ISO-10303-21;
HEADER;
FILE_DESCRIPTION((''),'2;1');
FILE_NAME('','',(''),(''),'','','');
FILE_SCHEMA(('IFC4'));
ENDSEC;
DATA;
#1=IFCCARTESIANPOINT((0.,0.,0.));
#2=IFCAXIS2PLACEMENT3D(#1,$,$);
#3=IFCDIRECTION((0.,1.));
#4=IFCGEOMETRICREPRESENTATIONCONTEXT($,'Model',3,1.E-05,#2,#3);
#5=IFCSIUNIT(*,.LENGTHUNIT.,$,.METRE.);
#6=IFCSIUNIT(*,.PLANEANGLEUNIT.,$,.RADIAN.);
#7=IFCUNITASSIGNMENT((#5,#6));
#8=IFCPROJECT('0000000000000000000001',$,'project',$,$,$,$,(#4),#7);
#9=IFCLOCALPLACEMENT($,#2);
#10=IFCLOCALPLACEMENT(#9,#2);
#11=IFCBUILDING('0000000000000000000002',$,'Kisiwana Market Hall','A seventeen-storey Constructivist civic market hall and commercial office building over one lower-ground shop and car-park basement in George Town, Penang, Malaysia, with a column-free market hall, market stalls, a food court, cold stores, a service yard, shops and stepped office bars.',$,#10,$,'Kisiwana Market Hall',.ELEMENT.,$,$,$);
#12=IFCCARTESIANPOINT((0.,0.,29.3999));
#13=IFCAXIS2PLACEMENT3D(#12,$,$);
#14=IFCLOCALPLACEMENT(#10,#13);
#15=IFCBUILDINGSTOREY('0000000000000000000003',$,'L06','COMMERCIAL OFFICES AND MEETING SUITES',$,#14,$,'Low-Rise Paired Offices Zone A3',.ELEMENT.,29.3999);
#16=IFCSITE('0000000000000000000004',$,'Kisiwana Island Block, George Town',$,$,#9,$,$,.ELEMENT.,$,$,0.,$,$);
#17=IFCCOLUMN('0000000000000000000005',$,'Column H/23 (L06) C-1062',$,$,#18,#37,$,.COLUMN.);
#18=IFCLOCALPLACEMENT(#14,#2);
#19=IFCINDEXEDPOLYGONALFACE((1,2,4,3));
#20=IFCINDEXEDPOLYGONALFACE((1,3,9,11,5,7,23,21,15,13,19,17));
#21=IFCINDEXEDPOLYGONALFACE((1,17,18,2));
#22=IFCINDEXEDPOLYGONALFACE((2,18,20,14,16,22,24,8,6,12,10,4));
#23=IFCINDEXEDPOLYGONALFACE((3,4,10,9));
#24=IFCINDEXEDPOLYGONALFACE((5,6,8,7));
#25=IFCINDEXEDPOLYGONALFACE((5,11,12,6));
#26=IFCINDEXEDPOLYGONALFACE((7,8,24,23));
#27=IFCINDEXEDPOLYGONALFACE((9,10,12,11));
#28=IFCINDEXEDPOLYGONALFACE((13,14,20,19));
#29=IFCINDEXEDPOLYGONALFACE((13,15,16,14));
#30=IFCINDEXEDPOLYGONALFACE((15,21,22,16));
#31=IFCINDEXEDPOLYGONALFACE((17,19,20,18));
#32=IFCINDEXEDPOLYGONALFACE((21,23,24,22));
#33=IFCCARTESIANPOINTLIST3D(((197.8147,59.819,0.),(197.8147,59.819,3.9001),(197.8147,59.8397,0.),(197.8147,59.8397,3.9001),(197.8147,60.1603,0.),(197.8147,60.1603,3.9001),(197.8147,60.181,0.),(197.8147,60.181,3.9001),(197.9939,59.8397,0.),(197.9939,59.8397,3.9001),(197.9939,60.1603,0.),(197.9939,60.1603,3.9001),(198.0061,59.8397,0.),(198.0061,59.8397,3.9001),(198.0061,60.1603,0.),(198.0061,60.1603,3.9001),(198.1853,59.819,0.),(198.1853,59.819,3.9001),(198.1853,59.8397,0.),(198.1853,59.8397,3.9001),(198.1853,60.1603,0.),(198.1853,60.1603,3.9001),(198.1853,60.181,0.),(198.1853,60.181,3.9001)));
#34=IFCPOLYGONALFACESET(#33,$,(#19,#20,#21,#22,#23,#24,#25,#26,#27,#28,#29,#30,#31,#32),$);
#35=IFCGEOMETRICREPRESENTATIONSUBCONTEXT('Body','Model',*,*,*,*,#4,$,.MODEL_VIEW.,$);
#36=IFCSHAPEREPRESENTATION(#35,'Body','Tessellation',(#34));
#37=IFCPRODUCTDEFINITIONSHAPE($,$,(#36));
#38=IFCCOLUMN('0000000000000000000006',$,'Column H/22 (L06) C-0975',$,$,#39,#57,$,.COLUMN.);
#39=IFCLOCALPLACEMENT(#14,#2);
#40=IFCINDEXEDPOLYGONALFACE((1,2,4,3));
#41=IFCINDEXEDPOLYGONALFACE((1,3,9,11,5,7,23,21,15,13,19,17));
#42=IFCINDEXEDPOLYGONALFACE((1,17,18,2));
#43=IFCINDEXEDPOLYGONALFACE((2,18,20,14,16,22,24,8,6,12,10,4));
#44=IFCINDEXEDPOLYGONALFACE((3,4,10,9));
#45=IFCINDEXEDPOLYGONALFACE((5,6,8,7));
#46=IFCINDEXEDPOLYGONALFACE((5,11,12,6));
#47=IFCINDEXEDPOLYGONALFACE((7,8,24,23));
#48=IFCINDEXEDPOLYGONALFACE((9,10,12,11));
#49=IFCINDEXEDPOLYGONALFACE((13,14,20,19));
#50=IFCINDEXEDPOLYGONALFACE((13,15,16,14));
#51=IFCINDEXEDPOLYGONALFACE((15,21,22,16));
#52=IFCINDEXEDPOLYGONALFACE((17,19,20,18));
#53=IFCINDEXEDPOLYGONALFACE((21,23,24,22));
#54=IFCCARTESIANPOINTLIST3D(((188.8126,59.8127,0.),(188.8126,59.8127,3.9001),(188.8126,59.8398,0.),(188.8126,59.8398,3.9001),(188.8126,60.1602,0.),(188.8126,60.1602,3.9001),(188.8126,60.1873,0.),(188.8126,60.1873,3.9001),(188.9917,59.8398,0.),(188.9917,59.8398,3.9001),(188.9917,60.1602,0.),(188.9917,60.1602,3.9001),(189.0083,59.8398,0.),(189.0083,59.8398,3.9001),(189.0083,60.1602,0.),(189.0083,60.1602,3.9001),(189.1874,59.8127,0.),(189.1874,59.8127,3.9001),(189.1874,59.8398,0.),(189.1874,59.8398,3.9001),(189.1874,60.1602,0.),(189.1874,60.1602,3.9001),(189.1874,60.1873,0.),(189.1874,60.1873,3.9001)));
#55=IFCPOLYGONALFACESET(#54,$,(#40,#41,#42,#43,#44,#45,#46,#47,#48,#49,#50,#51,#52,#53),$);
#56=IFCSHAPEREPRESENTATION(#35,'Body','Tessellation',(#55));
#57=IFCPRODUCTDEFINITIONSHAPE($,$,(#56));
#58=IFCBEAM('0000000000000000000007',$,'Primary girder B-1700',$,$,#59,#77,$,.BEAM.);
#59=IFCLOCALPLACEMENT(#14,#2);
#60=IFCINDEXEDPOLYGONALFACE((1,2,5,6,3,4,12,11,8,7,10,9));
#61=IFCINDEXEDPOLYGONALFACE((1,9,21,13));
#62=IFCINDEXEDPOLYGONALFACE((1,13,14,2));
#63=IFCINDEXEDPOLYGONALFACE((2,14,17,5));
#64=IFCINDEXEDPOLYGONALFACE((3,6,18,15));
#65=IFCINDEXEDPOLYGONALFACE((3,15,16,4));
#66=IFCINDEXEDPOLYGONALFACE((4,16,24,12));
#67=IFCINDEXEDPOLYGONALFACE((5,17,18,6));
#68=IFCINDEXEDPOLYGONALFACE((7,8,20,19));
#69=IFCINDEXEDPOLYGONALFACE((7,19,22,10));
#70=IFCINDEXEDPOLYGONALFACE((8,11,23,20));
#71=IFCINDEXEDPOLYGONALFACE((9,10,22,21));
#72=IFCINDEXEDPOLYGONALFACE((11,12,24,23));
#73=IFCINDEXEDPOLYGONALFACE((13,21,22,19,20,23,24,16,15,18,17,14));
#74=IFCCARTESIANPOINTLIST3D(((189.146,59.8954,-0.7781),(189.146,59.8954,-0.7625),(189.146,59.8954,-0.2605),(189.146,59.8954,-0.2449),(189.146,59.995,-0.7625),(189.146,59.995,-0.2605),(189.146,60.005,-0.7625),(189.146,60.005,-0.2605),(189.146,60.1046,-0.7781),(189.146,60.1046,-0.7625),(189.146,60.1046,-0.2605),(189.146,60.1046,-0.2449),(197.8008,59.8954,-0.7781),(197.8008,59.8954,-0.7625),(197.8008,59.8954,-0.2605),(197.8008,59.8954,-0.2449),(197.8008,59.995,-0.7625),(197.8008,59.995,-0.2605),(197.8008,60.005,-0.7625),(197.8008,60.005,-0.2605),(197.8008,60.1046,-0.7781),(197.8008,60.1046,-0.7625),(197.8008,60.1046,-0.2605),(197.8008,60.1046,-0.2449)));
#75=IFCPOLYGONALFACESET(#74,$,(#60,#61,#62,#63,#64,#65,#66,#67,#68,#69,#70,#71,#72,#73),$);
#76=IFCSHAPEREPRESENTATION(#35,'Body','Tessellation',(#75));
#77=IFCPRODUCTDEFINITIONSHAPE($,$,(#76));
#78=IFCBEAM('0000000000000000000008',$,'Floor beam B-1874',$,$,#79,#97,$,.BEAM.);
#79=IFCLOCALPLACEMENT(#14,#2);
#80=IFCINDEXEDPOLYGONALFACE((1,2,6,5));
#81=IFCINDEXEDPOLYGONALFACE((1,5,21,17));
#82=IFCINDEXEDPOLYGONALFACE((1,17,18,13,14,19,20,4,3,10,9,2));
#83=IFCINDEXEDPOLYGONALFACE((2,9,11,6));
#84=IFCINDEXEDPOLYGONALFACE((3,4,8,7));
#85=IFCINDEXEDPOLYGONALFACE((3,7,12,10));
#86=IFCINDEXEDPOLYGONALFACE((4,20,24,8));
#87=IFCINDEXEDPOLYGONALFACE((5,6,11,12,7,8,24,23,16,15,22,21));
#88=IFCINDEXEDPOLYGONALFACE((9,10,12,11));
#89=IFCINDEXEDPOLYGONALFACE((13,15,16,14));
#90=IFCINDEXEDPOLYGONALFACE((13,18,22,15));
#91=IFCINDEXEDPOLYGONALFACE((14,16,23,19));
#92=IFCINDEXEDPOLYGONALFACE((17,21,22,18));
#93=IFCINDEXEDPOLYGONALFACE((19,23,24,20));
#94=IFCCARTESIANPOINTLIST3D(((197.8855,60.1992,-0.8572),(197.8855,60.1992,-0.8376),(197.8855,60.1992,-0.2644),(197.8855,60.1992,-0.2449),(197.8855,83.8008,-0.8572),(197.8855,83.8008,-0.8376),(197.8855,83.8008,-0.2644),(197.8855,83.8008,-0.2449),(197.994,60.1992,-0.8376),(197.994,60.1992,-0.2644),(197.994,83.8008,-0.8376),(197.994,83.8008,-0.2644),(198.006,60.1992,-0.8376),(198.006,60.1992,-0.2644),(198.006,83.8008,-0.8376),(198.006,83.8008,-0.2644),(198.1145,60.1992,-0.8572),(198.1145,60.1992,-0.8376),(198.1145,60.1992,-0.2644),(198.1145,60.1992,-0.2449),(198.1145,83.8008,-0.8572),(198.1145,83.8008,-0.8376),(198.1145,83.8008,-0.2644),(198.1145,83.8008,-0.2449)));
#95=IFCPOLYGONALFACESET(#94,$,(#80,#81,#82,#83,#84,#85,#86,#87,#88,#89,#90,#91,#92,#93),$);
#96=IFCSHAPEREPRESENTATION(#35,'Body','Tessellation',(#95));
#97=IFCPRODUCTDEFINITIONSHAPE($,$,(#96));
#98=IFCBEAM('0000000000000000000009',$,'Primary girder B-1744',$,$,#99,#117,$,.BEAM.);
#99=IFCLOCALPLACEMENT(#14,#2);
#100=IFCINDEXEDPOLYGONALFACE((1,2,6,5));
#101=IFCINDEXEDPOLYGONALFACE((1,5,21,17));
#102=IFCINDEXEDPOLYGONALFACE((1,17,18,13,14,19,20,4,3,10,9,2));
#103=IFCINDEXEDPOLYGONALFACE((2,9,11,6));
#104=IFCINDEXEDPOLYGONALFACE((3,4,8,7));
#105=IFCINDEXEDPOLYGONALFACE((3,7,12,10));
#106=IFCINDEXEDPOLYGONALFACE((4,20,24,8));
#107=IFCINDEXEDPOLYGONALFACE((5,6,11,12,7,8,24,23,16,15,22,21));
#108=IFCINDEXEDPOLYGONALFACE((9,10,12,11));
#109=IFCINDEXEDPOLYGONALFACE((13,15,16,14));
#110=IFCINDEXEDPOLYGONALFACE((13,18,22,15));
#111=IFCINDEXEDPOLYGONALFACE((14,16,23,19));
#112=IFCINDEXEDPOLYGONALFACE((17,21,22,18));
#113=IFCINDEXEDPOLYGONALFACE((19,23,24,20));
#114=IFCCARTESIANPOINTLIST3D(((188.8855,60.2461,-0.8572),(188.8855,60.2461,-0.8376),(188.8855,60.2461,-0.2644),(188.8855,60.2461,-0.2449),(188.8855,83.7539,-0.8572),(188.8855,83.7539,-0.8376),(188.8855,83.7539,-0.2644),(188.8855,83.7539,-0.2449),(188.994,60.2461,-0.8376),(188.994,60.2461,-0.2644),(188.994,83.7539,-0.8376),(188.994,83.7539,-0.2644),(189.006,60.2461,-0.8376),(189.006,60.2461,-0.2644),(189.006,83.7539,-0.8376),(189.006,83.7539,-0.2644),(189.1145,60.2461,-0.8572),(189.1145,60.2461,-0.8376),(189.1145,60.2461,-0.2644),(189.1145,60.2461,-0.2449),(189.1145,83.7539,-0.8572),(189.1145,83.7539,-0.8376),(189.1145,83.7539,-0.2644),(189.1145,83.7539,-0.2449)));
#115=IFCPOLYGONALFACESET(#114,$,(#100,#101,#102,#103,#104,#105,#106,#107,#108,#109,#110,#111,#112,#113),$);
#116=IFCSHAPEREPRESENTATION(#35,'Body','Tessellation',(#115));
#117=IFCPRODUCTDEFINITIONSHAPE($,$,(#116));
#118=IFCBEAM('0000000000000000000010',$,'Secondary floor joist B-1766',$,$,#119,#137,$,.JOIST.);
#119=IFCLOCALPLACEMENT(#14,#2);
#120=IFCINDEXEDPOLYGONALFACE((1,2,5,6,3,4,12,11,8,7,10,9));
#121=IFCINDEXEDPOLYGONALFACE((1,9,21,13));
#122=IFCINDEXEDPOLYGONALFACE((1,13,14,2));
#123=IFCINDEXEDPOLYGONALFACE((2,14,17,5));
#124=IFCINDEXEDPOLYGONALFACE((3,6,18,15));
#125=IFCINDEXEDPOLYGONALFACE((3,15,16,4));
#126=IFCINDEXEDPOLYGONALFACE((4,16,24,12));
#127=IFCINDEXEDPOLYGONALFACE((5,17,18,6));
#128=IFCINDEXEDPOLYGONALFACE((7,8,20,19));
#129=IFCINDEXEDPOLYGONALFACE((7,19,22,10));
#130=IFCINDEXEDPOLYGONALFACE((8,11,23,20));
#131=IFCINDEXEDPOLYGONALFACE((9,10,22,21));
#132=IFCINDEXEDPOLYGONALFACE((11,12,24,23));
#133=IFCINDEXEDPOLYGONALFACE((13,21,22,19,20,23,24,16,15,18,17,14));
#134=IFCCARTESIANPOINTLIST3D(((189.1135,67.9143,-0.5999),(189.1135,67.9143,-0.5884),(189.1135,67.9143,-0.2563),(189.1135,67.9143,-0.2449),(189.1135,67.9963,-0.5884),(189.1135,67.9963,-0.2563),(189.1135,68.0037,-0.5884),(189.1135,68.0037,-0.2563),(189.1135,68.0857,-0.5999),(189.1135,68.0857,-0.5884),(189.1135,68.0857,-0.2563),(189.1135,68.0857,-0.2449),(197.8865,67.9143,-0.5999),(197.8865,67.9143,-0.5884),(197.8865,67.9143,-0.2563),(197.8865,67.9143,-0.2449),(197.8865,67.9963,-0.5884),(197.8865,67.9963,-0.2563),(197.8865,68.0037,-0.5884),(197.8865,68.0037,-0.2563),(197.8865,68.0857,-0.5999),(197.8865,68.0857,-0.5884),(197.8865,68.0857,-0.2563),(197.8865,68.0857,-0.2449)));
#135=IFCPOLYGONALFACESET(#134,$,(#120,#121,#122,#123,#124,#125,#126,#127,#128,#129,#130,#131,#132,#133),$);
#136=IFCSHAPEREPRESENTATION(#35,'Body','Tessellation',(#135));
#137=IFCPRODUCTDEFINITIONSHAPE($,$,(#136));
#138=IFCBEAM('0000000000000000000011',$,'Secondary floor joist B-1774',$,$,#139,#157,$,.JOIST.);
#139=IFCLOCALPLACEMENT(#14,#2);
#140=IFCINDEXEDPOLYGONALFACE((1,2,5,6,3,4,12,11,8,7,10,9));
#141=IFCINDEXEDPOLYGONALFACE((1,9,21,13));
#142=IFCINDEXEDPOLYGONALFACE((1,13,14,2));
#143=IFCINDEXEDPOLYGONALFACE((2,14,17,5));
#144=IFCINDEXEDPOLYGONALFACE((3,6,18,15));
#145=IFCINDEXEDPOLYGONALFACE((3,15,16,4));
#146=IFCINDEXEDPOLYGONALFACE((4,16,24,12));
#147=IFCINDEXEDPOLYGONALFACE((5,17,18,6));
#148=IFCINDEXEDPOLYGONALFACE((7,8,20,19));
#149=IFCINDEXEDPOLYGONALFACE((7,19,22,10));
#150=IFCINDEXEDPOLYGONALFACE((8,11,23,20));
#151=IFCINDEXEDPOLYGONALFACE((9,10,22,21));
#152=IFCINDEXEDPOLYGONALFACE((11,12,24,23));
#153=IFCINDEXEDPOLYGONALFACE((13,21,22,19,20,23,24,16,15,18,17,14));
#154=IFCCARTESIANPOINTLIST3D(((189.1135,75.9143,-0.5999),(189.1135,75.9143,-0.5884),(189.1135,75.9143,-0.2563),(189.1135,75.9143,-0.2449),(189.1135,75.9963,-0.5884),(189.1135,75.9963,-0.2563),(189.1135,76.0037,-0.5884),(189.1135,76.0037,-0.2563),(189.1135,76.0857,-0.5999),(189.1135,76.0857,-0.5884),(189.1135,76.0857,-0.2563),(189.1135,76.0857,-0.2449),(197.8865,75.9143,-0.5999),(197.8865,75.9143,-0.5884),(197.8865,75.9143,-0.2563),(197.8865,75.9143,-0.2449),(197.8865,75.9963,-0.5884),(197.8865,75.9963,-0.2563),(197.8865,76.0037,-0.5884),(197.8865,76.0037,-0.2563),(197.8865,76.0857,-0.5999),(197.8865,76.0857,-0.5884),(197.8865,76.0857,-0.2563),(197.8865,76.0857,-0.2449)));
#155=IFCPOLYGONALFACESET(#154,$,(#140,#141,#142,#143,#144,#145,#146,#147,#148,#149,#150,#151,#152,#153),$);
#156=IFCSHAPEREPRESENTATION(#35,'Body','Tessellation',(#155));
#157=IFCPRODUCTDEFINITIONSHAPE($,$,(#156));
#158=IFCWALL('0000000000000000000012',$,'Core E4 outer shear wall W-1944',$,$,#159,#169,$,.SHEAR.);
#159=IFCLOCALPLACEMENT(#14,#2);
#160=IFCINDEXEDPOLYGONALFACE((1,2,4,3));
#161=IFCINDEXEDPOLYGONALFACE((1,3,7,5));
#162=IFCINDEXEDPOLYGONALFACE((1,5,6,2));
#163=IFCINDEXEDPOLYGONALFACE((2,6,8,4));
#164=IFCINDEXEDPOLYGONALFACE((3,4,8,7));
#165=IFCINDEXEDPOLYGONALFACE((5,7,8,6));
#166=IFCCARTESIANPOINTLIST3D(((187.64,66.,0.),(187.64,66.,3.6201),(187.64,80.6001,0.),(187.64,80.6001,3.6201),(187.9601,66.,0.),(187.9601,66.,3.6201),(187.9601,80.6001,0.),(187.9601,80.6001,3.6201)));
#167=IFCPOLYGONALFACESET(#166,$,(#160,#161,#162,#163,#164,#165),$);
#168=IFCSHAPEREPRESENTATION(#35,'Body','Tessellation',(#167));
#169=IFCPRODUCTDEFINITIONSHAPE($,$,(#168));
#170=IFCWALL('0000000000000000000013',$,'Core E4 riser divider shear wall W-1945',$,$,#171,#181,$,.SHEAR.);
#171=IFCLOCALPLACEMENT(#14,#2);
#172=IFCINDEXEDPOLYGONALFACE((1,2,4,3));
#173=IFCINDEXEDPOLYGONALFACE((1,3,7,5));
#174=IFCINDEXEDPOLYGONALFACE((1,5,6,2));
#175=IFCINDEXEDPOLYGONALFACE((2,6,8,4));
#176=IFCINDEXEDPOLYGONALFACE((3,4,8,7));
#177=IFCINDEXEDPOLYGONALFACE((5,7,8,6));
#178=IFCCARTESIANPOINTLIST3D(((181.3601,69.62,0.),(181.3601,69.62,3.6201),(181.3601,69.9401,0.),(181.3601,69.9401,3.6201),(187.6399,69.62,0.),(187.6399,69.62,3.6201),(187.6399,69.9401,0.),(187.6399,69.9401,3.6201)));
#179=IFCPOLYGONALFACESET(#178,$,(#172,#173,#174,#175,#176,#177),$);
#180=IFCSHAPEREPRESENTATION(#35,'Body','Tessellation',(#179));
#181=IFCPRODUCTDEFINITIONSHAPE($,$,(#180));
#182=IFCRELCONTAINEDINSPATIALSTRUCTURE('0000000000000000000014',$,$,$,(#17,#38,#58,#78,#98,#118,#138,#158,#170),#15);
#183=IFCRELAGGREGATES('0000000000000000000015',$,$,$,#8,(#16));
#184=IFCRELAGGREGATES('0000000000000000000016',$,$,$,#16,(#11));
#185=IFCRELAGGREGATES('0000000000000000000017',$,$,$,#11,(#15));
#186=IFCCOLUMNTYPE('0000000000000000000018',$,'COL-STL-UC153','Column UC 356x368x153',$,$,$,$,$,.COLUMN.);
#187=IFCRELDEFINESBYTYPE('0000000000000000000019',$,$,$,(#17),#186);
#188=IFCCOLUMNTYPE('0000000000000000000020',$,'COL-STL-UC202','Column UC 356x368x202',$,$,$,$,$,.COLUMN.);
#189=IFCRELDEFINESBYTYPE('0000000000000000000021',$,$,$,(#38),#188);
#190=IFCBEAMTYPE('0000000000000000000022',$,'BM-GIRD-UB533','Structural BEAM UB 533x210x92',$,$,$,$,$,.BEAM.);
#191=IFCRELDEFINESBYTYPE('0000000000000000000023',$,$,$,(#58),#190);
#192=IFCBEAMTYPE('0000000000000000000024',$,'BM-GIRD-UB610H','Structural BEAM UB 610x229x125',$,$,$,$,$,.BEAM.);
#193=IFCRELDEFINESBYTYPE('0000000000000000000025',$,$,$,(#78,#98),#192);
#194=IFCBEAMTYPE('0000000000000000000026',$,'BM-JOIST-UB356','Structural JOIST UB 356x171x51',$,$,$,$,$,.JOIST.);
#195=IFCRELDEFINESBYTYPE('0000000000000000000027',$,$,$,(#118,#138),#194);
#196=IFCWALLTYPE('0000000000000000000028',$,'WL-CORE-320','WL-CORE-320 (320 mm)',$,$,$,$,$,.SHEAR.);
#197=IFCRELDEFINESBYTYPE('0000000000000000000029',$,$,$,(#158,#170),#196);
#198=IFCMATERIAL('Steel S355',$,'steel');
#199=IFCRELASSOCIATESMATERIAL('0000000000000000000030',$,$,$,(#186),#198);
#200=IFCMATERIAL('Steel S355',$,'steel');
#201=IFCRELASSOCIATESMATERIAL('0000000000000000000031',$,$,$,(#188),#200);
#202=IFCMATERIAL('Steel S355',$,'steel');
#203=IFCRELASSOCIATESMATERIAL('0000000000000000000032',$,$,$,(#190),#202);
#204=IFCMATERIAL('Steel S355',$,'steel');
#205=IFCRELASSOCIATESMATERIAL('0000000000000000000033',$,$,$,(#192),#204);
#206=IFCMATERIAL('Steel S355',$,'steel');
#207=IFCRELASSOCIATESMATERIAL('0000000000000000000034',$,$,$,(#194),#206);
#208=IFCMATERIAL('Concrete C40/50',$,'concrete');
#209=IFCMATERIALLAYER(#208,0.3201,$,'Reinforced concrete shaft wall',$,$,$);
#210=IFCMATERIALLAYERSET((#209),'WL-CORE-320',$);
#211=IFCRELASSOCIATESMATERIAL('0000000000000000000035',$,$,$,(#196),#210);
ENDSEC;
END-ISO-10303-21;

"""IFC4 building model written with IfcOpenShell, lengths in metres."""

from ifc_helpers import new_model, si_unit, direction, frame, frame_2d, origin, origin_2d, place, context, subcontext, project, spatial, rectangle, i_section, extrude, material, layer, layer_set, material_profile, profile_set, type_object, element, save


model = new_model("IFC4")

# Units and contexts
model_context = context("Model", 3, precision=1e-05, world=origin(), true_north=direction((0.0, 1.0)))
body_context = subcontext(model_context, "Body", "Model", "MODEL_VIEW")
ifc_project = project(units=[si_unit("LENGTHUNIT", "METRE"), si_unit("PLANEANGLEUNIT", "RADIAN")], contexts=[model_context])

# Site, building, storey
site_placement = place(None, origin())
site = spatial("IfcSite", under=ifc_project, at=site_placement, Name="Kisiwana Island Block, George Town", CompositionType="ELEMENT", RefElevation=0.0)
building_placement = place(site_placement, origin())
building = spatial("IfcBuilding", under=site, at=building_placement, Name="Kisiwana Market Hall", Description="A seventeen-storey Constructivist civic market hall and commercial office building over one lower-ground shop and car-park basement in George Town, Penang, Malaysia, with a column-free market hall, market stalls, a food court, cold stores, a service yard, shops and stepped office bars.", LongName="Kisiwana Market Hall", CompositionType="ELEMENT")
storey_placement = place(building_placement, frame((0.0, 0.0, 29.3999)))
storey = spatial("IfcBuildingStorey", under=building, at=storey_placement, Name="L06", Description="COMMERCIAL OFFICES AND MEETING SUITES", LongName="Low-Rise Paired Offices Zone A3", CompositionType="ELEMENT", Elevation=29.3999)

# Columns
ifc_material_1 = material(Name="Steel S355", Category="steel")
ifc_material_profile_1 = material_profile(ifc_material_1, i_section(OverallWidth=0.3706, OverallDepth=0.3621, WebThickness=0.0122, FlangeThickness=0.0208, at=origin_2d()), Name="UC 356x368x153")
ifc_profile_set_1 = profile_set([ifc_material_profile_1], Name="Steel S355")
column_type_1 = type_object("IfcColumnType", Name="COL-STL-UC153", Description="Column UC 356x368x153", PredefinedType="COLUMN", material=ifc_profile_set_1)
column_1_placement = place(storey_placement, frame((198.0, 60.0, 0.0), z_axis=(0.0, 0.0, 1.0), x_axis=(1.0, 0.0, 0.0)))
element("IfcColumn", 1, at=column_1_placement, inside=storey, type_object=column_type_1, Name="Column H/23 (L06) C-1062", PredefinedType="COLUMN", context=body_context, shape_type="SweptSolid", body=[
    extrude(i_section(OverallWidth=0.3706, OverallDepth=0.3621, WebThickness=0.0122, FlangeThickness=0.0208, at=origin_2d()), origin(), (0.0, 0.0, 1.0), 3.9001),
])
ifc_material_2 = material(Name="Steel S355", Category="steel")
ifc_material_profile_2 = material_profile(ifc_material_2, i_section(OverallWidth=0.3748, OverallDepth=0.3745, WebThickness=0.0166, FlangeThickness=0.0271, at=origin_2d()), Name="UC 356x368x202")
ifc_profile_set_2 = profile_set([ifc_material_profile_2], Name="Steel S355")
column_type_2 = type_object("IfcColumnType", Name="COL-STL-UC202", Description="Column UC 356x368x202", PredefinedType="COLUMN", material=ifc_profile_set_2)
column_2_placement = place(storey_placement, frame((189.0, 60.0, 0.0), z_axis=(0.0, 0.0, 1.0), x_axis=(1.0, 0.0, 0.0)))
element("IfcColumn", 2, at=column_2_placement, inside=storey, type_object=column_type_2, Name="Column H/22 (L06) C-0975", PredefinedType="COLUMN", context=body_context, shape_type="SweptSolid", body=[
    extrude(i_section(OverallWidth=0.3748, OverallDepth=0.3745, WebThickness=0.0166, FlangeThickness=0.0271, at=origin_2d()), origin(), (0.0, 0.0, 1.0), 3.9001),
])

# Beams
ifc_material_3 = material(Name="Steel S355", Category="steel")
ifc_material_profile_3 = material_profile(ifc_material_3, i_section(OverallWidth=0.2092, OverallDepth=0.5332, WebThickness=0.01, FlangeThickness=0.0156, at=origin_2d()), Name="UB 533x210x92")
ifc_profile_set_3 = profile_set([ifc_material_profile_3], Name="Steel S355")
beam_type_1 = type_object("IfcBeamType", Name="BM-GIRD-UB533", Description="Structural BEAM UB 533x210x92", PredefinedType="BEAM", material=ifc_profile_set_3)
beam_1_placement = place(storey_placement, frame((189.146, 60.0, -0.5115), z_axis=(1.0, 0.0, 0.0), x_axis=(0.0, 1.0, 0.0)))
element("IfcBeam", 3, at=beam_1_placement, inside=storey, type_object=beam_type_1, Name="Primary girder B-1700", PredefinedType="BEAM", context=body_context, shape_type="SweptSolid", body=[
    extrude(i_section(OverallWidth=0.2092, OverallDepth=0.5332, WebThickness=0.01, FlangeThickness=0.0156, at=origin_2d()), origin(), (0.0, 0.0, 1.0), 8.6548),
])
ifc_material_4 = material(Name="Steel S355", Category="steel")
ifc_material_profile_4 = material_profile(ifc_material_4, i_section(OverallWidth=0.229, OverallDepth=0.6123, WebThickness=0.012, FlangeThickness=0.0195, at=origin_2d()), Name="UB 610x229x125")
ifc_profile_set_4 = profile_set([ifc_material_profile_4], Name="Steel S355")
beam_type_2 = type_object("IfcBeamType", Name="BM-GIRD-UB610H", Description="Structural BEAM UB 610x229x125", PredefinedType="BEAM", material=ifc_profile_set_4)
beam_2_placement = place(storey_placement, frame((198.0, 60.1992, -0.551), z_axis=(0.0, 1.0, 0.0), x_axis=(-1.0, 0.0, 0.0)))
element("IfcBeam", 4, at=beam_2_placement, inside=storey, type_object=beam_type_2, Name="Floor beam B-1874", PredefinedType="BEAM", context=body_context, shape_type="SweptSolid", body=[
    extrude(i_section(OverallWidth=0.229, OverallDepth=0.6123, WebThickness=0.012, FlangeThickness=0.0195, at=origin_2d()), origin(), (0.0, 0.0, 1.0), 23.6016),
])
beam_3_placement = place(storey_placement, frame((189.0, 60.2461, -0.551), z_axis=(0.0, 1.0, 0.0), x_axis=(-1.0, 0.0, 0.0)))
element("IfcBeam", 5, at=beam_3_placement, inside=storey, type_object=beam_type_2, Name="Primary girder B-1744", PredefinedType="BEAM", context=body_context, shape_type="SweptSolid", body=[
    extrude(i_section(OverallWidth=0.229, OverallDepth=0.6123, WebThickness=0.012, FlangeThickness=0.0195, at=origin_2d()), origin(), (0.0, 0.0, 1.0), 23.5078),
])
ifc_material_5 = material(Name="Steel S355", Category="steel")
ifc_material_profile_5 = material_profile(ifc_material_5, i_section(OverallWidth=0.1714, OverallDepth=0.355, WebThickness=0.0073, FlangeThickness=0.0115, at=origin_2d()), Name="UB 356x171x51")
ifc_profile_set_5 = profile_set([ifc_material_profile_5], Name="Steel S355")
beam_type_3 = type_object("IfcBeamType", Name="BM-JOIST-UB356", Description="Structural JOIST UB 356x171x51", PredefinedType="JOIST", material=ifc_profile_set_5)
for number, where, z_axis, x_axis, name in (
    (6, (189.1135, 68.0, -0.4224), (1.0, 0.0, 0.0), (0.0, 1.0, 0.0), "Secondary floor joist B-1766"),
    (7, (189.1135, 76.0, -0.4224), (1.0, 0.0, 0.0), (0.0, 1.0, 0.0), "Secondary floor joist B-1774"),
):
    element("IfcBeam", number, at=place(storey_placement, frame(where, z_axis=z_axis, x_axis=x_axis)), inside=storey, type_object=beam_type_3, Name=name, PredefinedType="JOIST", context=body_context, shape_type="SweptSolid", body=[
        extrude(i_section(OverallWidth=0.1714, OverallDepth=0.355, WebThickness=0.0073, FlangeThickness=0.0115, at=origin_2d()), origin(), (0.0, 0.0, 1.0), 8.7729),
    ])

# Walls
ifc_material_6 = material(Name="Concrete C40/50", Category="concrete")
ifc_layer_1 = layer(ifc_material_6, 0.3201, Name="Reinforced concrete shaft wall")
ifc_layer_set_1 = layer_set([ifc_layer_1], Name="WL-CORE-320")
wall_type_1 = type_object("IfcWallType", Name="WL-CORE-320", Description="WL-CORE-320 (320 mm)", PredefinedType="SHEAR", material=ifc_layer_set_1)
wall_1_placement = place(storey_placement, frame((187.8, 66.0, 0.0), z_axis=(0.0, 0.0, 1.0), x_axis=(0.0, 1.0, 0.0)))
element("IfcWall", 8, at=wall_1_placement, inside=storey, type_object=wall_type_1, Name="Core E4 outer shear wall W-1944", PredefinedType="SHEAR", context=body_context, shape_type="SweptSolid", body=[
    extrude(rectangle(XDim=14.6001, YDim=0.3201, at=frame_2d((7.3, 0.0))), origin(), (0.0, 0.0, 1.0), 3.6201),
])
wall_2_placement = place(storey_placement, frame((181.3601, 69.78, 0.0), z_axis=(0.0, 0.0, 1.0), x_axis=(1.0, 0.0, 0.0)))
element("IfcWall", 9, at=wall_2_placement, inside=storey, type_object=wall_type_1, Name="Core E4 riser divider shear wall W-1945", PredefinedType="SHEAR", context=body_context, shape_type="SweptSolid", body=[
    extrude(rectangle(XDim=6.2798, YDim=0.3201, at=frame_2d((3.1399, 0.0))), origin(), (0.0, 0.0, 1.0), 3.6201),
])

save(model, "model.ifc")
